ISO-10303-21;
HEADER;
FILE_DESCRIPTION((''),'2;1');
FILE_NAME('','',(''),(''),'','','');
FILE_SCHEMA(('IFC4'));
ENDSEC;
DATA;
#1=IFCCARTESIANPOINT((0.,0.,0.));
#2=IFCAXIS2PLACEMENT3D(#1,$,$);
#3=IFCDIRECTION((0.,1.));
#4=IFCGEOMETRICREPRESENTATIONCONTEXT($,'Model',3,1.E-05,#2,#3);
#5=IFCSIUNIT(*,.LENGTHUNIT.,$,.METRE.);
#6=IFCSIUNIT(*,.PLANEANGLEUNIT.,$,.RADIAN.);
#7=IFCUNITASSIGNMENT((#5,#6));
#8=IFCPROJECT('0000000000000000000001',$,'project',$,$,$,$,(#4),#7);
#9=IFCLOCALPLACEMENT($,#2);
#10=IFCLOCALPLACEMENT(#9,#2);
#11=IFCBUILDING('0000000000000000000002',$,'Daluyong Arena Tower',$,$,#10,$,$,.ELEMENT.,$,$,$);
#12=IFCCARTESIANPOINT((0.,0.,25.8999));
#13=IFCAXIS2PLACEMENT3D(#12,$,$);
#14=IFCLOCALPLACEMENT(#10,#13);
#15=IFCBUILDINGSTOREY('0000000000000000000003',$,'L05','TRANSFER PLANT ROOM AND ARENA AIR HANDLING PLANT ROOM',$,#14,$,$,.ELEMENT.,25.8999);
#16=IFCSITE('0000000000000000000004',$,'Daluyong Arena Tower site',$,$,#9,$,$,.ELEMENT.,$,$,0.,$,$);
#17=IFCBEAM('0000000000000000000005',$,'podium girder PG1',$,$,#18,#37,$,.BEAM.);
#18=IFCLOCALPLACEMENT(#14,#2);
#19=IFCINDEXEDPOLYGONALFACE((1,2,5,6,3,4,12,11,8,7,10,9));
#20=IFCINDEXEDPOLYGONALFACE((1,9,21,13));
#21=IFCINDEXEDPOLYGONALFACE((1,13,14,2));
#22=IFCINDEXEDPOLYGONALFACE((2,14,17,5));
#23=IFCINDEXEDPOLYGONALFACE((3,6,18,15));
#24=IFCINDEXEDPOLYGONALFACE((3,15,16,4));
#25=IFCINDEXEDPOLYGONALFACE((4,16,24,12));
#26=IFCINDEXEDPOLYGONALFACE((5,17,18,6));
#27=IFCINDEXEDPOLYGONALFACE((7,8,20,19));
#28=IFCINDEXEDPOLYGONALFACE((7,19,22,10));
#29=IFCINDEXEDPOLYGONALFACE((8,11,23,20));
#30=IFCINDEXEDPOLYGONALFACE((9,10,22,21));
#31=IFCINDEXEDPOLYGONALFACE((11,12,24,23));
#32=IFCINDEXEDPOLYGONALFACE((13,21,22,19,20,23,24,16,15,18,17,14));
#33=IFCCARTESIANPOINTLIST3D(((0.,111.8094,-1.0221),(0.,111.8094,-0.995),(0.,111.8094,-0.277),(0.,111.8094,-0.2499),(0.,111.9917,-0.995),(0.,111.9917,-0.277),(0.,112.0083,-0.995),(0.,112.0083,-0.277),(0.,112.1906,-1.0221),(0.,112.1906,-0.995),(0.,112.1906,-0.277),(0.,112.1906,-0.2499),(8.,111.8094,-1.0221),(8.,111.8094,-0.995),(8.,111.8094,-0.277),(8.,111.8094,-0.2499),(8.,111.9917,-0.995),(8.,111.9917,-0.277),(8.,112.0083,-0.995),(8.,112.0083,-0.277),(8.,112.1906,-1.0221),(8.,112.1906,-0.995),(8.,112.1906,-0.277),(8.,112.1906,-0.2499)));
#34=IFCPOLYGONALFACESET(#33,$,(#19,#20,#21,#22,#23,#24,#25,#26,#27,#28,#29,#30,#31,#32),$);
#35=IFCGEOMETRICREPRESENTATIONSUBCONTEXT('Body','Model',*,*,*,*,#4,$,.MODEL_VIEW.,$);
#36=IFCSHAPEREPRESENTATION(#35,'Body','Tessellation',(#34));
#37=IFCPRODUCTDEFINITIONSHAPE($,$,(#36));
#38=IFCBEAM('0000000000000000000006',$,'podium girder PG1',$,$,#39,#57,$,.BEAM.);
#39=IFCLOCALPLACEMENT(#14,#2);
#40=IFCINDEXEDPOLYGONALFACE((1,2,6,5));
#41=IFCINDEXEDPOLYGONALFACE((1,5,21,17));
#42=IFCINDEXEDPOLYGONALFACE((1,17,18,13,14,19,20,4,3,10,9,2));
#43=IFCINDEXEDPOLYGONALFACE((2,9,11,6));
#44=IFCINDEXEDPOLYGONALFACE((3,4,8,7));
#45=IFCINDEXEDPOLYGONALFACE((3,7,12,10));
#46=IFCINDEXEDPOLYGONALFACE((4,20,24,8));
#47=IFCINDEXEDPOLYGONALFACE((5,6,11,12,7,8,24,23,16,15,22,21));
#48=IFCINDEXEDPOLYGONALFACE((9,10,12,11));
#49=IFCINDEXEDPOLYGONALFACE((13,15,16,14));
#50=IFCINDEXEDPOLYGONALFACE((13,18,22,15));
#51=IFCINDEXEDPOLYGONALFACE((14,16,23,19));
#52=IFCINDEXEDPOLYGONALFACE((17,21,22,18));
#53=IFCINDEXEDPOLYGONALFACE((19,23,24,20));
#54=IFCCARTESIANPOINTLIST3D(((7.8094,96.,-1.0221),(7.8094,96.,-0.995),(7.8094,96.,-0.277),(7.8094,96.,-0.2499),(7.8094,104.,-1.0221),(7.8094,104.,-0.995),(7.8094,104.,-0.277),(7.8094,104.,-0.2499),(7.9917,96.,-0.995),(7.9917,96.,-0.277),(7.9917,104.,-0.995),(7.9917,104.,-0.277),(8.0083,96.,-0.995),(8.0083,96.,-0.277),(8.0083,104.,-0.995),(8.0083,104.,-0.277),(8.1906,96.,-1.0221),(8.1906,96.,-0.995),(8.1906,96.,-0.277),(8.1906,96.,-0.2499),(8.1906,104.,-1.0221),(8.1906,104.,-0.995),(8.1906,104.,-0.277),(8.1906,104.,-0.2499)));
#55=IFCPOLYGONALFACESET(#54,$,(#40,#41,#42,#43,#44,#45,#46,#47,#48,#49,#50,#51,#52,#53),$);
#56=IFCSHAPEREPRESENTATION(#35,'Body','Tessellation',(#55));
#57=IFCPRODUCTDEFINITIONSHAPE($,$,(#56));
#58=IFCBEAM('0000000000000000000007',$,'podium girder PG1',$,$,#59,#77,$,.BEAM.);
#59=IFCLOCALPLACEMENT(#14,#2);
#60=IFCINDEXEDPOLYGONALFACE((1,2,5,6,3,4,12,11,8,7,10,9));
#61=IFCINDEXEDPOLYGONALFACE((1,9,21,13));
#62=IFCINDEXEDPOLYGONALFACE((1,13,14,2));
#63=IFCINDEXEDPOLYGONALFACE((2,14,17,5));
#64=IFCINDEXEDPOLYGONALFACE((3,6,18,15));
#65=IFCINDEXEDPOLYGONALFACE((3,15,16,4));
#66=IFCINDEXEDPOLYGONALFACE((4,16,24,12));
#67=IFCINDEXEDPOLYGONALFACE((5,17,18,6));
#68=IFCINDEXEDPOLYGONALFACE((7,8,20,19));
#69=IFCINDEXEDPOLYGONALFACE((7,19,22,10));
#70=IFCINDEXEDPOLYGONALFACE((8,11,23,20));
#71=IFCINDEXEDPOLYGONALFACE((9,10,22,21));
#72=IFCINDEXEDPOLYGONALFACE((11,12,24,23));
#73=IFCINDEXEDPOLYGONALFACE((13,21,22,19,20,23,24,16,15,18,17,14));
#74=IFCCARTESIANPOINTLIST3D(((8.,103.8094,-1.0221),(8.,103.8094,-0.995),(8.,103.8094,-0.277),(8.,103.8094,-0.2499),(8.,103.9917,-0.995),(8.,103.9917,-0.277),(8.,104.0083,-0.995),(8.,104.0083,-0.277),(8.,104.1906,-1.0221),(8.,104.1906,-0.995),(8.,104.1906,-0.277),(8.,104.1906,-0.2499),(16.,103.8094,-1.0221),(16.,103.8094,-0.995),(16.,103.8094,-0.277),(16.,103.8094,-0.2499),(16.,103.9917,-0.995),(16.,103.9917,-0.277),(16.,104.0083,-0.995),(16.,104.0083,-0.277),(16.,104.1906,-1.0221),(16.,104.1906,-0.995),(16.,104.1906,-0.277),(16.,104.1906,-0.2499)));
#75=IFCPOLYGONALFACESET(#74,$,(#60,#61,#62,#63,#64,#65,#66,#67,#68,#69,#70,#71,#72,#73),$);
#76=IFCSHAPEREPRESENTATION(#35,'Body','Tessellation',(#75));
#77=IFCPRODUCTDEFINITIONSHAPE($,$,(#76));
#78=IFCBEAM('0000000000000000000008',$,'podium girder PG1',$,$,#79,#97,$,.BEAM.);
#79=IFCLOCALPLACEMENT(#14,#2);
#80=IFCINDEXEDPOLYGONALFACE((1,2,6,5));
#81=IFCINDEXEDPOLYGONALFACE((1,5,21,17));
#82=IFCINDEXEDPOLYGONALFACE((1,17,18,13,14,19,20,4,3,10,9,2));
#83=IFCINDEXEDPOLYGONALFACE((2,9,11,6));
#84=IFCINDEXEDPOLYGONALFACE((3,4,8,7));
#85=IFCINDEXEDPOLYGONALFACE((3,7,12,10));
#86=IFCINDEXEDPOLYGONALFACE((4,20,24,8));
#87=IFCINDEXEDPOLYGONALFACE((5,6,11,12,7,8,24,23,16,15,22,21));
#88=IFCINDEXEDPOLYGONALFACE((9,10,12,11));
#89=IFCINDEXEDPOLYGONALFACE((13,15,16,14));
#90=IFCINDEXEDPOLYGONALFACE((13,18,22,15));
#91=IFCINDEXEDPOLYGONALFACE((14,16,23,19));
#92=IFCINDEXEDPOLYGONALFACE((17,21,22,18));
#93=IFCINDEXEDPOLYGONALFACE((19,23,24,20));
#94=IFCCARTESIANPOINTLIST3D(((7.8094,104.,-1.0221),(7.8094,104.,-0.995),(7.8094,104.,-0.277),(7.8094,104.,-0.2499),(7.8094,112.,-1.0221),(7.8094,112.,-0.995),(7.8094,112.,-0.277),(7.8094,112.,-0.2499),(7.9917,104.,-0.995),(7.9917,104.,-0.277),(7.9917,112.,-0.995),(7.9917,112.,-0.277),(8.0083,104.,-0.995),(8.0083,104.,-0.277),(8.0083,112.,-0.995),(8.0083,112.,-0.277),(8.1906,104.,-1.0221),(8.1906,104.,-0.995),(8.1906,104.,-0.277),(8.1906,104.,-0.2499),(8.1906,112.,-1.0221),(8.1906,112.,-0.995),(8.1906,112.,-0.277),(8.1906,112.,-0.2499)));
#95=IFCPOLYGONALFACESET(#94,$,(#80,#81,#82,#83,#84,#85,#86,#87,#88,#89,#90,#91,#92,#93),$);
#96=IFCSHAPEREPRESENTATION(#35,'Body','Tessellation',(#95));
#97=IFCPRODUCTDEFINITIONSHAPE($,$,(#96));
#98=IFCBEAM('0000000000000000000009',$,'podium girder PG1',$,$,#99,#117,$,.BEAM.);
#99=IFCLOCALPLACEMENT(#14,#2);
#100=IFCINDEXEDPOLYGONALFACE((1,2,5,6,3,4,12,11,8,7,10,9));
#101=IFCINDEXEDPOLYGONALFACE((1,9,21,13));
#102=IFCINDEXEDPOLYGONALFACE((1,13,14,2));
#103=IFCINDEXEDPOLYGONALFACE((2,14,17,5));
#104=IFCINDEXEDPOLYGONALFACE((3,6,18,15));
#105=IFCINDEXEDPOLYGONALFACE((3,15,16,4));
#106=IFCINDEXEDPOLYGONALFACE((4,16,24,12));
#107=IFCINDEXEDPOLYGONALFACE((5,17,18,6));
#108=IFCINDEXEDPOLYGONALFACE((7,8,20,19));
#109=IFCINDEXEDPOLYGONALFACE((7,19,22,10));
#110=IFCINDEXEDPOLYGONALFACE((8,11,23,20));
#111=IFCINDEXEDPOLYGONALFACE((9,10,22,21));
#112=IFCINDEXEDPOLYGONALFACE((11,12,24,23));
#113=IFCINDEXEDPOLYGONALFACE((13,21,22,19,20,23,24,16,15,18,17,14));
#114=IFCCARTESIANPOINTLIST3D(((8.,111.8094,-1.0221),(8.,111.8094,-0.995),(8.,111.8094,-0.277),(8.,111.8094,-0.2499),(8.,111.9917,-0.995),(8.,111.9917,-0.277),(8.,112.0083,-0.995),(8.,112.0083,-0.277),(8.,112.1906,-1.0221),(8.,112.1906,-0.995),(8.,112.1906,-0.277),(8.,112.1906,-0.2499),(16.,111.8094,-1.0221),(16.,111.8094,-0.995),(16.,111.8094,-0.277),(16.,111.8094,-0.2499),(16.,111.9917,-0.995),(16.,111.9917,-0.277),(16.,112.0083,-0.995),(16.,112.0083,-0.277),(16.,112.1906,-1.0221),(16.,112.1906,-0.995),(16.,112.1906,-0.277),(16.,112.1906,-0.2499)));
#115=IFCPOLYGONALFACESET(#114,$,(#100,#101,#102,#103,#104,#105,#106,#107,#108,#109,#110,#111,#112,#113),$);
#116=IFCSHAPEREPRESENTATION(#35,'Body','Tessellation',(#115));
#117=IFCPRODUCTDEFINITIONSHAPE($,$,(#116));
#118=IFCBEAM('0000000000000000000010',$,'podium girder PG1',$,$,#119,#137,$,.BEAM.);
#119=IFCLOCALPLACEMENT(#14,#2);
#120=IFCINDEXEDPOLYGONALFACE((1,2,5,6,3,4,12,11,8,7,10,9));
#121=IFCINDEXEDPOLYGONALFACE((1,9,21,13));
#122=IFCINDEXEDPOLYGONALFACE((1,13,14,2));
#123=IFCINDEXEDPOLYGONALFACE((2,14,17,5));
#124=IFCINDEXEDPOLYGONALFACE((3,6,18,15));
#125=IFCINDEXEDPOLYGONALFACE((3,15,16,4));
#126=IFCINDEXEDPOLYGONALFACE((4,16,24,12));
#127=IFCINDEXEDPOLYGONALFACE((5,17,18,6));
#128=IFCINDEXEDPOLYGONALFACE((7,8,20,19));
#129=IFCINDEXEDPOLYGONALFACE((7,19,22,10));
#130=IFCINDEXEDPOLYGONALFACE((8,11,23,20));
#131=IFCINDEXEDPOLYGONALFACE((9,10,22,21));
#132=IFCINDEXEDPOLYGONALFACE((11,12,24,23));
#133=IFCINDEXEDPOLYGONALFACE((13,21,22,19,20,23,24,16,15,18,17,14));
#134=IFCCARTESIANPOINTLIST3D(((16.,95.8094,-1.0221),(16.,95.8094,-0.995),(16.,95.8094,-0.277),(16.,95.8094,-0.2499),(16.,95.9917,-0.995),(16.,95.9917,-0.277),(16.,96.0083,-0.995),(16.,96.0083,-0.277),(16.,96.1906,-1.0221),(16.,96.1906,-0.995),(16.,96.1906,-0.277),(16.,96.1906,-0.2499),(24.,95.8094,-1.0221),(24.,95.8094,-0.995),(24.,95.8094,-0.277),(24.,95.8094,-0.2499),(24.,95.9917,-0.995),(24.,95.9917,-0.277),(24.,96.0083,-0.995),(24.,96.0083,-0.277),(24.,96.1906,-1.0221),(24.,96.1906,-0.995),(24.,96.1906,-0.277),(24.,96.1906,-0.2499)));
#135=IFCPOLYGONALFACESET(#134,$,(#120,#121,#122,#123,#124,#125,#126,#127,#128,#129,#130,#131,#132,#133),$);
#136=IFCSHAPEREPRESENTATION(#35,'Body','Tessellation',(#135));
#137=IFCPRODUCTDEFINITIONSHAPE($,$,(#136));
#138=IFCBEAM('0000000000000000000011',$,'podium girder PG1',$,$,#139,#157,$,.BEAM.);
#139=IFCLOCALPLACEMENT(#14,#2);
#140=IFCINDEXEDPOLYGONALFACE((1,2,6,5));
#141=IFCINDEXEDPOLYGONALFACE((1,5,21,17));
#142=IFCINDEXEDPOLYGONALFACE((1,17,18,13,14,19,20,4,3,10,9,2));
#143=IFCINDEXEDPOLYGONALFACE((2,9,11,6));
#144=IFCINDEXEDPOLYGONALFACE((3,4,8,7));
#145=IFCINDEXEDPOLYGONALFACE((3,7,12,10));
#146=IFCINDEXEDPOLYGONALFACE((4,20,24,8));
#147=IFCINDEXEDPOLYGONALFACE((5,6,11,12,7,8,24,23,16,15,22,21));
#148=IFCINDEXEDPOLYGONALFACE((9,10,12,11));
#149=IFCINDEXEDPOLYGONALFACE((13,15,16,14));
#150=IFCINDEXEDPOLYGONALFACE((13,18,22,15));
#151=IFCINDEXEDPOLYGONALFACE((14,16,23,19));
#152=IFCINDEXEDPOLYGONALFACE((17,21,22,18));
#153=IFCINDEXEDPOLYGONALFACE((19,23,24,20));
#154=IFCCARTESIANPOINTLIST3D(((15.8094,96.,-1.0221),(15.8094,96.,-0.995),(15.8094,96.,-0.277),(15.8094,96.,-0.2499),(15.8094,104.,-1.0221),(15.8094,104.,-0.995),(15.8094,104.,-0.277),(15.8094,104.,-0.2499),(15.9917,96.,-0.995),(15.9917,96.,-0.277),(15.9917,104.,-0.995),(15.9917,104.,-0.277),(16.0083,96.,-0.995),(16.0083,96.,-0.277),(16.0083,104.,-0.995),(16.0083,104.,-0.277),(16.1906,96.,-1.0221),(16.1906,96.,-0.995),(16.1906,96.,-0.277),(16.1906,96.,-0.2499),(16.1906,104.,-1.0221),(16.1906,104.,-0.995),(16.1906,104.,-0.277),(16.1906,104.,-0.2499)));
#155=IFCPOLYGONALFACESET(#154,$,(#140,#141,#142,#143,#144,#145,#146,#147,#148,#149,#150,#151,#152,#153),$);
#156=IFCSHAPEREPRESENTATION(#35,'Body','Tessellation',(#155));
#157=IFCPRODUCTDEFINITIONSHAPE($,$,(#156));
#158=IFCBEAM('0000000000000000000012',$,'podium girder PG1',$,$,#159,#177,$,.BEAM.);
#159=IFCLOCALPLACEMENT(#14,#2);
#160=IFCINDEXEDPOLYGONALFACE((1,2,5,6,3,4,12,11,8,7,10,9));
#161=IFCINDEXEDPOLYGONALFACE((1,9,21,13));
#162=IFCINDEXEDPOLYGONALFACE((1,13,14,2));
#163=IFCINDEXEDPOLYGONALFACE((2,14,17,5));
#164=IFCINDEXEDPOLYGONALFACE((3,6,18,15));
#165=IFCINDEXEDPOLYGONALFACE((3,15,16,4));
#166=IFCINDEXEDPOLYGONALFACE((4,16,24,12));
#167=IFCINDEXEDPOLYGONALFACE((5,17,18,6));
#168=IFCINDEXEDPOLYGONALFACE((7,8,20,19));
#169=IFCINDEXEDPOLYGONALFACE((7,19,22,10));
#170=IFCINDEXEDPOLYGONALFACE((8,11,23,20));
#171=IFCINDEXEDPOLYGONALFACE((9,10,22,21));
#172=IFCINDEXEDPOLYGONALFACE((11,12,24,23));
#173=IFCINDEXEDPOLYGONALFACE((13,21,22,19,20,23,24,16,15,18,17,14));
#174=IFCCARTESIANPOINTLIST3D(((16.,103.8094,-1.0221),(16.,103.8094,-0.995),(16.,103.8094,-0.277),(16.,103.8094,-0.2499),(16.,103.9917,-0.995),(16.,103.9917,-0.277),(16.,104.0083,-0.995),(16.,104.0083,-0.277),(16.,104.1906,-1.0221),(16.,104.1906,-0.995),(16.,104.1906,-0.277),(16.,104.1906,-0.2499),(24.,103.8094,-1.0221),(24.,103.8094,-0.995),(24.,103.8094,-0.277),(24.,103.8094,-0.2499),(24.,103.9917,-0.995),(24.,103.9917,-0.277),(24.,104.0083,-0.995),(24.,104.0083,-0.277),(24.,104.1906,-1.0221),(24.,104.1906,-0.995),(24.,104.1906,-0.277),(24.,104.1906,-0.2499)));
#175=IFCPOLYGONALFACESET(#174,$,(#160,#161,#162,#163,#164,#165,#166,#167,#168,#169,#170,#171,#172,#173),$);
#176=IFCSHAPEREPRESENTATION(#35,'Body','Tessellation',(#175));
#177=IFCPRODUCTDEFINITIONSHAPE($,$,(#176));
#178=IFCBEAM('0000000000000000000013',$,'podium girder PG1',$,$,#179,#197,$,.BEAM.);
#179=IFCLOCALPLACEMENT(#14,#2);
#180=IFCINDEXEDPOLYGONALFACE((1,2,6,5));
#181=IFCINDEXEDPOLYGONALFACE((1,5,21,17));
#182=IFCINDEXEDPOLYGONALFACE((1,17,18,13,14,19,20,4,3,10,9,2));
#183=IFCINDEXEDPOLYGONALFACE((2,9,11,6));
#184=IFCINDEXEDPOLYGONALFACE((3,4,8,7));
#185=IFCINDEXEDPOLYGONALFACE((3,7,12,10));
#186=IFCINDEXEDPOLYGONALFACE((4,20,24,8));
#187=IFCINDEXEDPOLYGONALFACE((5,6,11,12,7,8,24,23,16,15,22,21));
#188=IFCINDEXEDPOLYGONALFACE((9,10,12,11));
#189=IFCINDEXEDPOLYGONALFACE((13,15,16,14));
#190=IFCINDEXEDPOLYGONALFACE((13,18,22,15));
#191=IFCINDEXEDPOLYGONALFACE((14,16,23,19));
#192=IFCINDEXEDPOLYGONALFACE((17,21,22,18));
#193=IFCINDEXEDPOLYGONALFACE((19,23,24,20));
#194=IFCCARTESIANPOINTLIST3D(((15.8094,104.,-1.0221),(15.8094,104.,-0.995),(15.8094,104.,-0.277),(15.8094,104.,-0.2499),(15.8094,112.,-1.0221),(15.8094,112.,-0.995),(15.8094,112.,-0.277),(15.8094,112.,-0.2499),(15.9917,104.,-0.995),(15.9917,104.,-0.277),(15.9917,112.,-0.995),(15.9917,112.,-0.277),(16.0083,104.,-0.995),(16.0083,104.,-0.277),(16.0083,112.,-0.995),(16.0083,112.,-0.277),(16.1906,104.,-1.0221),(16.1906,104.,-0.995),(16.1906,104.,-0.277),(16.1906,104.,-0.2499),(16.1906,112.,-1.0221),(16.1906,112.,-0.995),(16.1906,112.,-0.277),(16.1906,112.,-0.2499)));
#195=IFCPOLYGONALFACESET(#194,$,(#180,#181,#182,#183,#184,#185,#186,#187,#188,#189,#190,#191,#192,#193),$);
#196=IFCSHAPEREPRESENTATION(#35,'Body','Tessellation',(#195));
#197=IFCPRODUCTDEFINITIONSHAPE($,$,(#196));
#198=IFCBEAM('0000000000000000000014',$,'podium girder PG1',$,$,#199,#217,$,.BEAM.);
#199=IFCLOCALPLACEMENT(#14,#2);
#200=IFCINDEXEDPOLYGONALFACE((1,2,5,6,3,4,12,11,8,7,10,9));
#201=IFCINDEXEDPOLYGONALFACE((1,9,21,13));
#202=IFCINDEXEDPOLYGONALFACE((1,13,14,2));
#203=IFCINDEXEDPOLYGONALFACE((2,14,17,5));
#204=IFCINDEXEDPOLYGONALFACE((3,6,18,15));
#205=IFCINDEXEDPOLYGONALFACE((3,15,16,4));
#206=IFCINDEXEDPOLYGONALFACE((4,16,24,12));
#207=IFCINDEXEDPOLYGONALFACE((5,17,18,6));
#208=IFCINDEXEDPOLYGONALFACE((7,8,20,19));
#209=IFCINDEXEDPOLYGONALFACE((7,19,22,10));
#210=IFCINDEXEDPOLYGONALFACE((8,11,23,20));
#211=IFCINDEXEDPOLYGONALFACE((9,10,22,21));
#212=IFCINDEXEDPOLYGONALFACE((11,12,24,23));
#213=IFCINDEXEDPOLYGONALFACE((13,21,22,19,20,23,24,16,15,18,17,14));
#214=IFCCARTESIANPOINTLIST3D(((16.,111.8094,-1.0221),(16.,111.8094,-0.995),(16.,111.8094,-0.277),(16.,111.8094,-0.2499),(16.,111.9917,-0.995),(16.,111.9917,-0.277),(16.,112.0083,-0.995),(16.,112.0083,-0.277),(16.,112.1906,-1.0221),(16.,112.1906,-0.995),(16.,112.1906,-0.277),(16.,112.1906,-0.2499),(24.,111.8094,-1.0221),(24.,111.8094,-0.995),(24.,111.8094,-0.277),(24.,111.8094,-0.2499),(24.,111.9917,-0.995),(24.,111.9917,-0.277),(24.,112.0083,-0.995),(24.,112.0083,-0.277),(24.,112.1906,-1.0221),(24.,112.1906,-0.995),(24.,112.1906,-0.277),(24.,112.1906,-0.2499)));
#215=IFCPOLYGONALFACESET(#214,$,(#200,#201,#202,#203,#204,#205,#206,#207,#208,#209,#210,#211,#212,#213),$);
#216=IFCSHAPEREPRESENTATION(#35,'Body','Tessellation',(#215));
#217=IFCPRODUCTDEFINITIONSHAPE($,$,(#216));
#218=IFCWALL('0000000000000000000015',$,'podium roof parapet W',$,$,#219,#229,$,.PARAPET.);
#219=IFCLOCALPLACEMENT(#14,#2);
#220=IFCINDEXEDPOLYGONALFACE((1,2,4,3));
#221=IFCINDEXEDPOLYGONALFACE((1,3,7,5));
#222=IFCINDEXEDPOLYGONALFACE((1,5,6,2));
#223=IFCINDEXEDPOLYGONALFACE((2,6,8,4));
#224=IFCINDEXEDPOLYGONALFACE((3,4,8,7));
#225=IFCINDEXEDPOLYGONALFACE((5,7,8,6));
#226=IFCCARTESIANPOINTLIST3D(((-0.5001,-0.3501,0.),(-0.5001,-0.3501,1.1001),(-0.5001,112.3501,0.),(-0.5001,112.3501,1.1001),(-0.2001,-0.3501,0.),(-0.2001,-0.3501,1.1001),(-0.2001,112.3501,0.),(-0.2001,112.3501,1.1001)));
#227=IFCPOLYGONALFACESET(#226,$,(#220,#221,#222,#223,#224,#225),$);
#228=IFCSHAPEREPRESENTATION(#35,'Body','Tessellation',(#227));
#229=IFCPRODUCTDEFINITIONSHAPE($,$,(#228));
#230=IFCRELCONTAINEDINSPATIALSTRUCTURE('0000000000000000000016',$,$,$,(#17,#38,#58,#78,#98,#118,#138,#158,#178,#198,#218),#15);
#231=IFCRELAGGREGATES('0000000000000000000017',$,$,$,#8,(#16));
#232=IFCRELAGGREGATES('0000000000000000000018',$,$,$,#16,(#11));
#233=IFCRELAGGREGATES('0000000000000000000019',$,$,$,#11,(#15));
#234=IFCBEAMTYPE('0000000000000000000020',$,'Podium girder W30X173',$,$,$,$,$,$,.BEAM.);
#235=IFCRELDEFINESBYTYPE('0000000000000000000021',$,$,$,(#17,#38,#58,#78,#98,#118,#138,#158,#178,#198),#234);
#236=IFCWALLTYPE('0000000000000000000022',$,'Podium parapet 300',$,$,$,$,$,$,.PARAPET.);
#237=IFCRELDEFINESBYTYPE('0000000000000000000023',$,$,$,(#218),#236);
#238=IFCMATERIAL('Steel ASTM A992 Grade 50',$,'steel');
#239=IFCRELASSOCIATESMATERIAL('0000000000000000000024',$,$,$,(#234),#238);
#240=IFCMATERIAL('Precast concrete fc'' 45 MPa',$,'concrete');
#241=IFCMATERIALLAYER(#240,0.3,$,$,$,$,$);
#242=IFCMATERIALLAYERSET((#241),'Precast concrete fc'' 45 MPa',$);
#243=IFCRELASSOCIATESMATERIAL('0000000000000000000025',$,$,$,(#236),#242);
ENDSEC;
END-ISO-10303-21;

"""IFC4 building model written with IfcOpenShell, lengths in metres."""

from ifc_helpers import new_model, si_unit, direction, frame, frame_2d, origin, origin_2d, place, context, subcontext, project, spatial, rectangle, i_section, extrude, material, layer, layer_set, material_profile, profile_set, type_object, element, save


model = new_model("IFC4")

# Units and contexts
model_context = context("Model", 3, precision=1e-05, world=origin(), true_north=direction((0.0, 1.0)))
body_context = subcontext(model_context, "Body", "Model", "MODEL_VIEW")
ifc_project = project(units=[si_unit("LENGTHUNIT", "METRE"), si_unit("PLANEANGLEUNIT", "RADIAN")], contexts=[model_context])

# Site, building, storey
site_placement = place(None, origin())
site = spatial("IfcSite", under=ifc_project, at=site_placement, Name="Daluyong Arena Tower site", CompositionType="ELEMENT", RefElevation=0.0)
building_placement = place(site_placement, origin())
building = spatial("IfcBuilding", under=site, at=building_placement, Name="Daluyong Arena Tower", CompositionType="ELEMENT")
storey_placement = place(building_placement, frame((0.0, 0.0, 25.8999)))
storey = spatial("IfcBuildingStorey", under=building, at=storey_placement, Name="L05", Description="TRANSFER PLANT ROOM AND ARENA AIR HANDLING PLANT ROOM", CompositionType="ELEMENT", Elevation=25.8999)

# Beams
ifc_material_1 = material(Name="Steel ASTM A992 Grade 50", Category="steel")
ifc_material_profile_1 = material_profile(ifc_material_1, i_section(OverallWidth=0.3811, OverallDepth=0.7722, WebThickness=0.0166, FlangeThickness=0.0271, at=origin_2d()))
ifc_profile_set_1 = profile_set([ifc_material_profile_1], Name="Steel ASTM A992 Grade 50")
beam_type_1 = type_object("IfcBeamType", Name="Podium girder W30X173", PredefinedType="BEAM", material=ifc_profile_set_1)
for number, where, z_axis, x_axis, name in (
    (1, (0.0, 112.0, -0.636), (1.0, 0.0, 0.0), (0.0, 1.0, 0.0), "podium girder PG1"),
    (2, (8.0, 96.0, -0.636), (0.0, 1.0, 0.0), (-1.0, 0.0, 0.0), "podium girder PG1"),
    (3, (8.0, 104.0, -0.636), (1.0, 0.0, 0.0), (0.0, 1.0, 0.0), "podium girder PG1"),
    (4, (8.0, 104.0, -0.636), (0.0, 1.0, 0.0), (-1.0, 0.0, 0.0), "podium girder PG1"),
    (5, (8.0, 112.0, -0.636), (1.0, 0.0, 0.0), (0.0, 1.0, 0.0), "podium girder PG1"),
    (6, (16.0, 96.0, -0.636), (1.0, 0.0, 0.0), (0.0, 1.0, 0.0), "podium girder PG1"),
    (7, (16.0, 96.0, -0.636), (0.0, 1.0, 0.0), (-1.0, 0.0, 0.0), "podium girder PG1"),
    (8, (16.0, 104.0, -0.636), (1.0, 0.0, 0.0), (0.0, 1.0, 0.0), "podium girder PG1"),
    (9, (16.0, 104.0, -0.636), (0.0, 1.0, 0.0), (-1.0, 0.0, 0.0), "podium girder PG1"),
    (10, (16.0, 112.0, -0.636), (1.0, 0.0, 0.0), (0.0, 1.0, 0.0), "podium girder PG1"),
):
    element("IfcBeam", number, at=place(storey_placement, frame(where, z_axis=z_axis, x_axis=x_axis)), inside=storey, type_object=beam_type_1, Name=name, PredefinedType="BEAM", context=body_context, shape_type="SweptSolid", body=[
        extrude(i_section(OverallWidth=0.3811, OverallDepth=0.7722, WebThickness=0.0166, FlangeThickness=0.0271, at=origin_2d()), origin(), (0.0, 0.0, 1.0), 8.0),
    ])

# Wall
ifc_material_2 = material(Name="Precast concrete fc' 45 MPa", Category="concrete")
ifc_layer = layer(ifc_material_2, 0.3)
ifc_layer_set = layer_set([ifc_layer], Name="Precast concrete fc' 45 MPa")
wall_type = type_object("IfcWallType", Name="Podium parapet 300", PredefinedType="PARAPET", material=ifc_layer_set)
wall_placement = place(storey_placement, frame((-0.3501, 112.3501, 0.0), z_axis=(0.0, 0.0, 1.0), x_axis=(0.0, -1.0, 0.0)))
element("IfcWall", 11, at=wall_placement, inside=storey, type_object=wall_type, Name="podium roof parapet W", PredefinedType="PARAPET", context=body_context, shape_type="SweptSolid", body=[
    extrude(rectangle(XDim=112.7002, YDim=0.3, at=frame_2d((56.3501, 0.0))), origin(), (0.0, 0.0, 1.0), 1.1001),
])

save(model, "model.ifc")
